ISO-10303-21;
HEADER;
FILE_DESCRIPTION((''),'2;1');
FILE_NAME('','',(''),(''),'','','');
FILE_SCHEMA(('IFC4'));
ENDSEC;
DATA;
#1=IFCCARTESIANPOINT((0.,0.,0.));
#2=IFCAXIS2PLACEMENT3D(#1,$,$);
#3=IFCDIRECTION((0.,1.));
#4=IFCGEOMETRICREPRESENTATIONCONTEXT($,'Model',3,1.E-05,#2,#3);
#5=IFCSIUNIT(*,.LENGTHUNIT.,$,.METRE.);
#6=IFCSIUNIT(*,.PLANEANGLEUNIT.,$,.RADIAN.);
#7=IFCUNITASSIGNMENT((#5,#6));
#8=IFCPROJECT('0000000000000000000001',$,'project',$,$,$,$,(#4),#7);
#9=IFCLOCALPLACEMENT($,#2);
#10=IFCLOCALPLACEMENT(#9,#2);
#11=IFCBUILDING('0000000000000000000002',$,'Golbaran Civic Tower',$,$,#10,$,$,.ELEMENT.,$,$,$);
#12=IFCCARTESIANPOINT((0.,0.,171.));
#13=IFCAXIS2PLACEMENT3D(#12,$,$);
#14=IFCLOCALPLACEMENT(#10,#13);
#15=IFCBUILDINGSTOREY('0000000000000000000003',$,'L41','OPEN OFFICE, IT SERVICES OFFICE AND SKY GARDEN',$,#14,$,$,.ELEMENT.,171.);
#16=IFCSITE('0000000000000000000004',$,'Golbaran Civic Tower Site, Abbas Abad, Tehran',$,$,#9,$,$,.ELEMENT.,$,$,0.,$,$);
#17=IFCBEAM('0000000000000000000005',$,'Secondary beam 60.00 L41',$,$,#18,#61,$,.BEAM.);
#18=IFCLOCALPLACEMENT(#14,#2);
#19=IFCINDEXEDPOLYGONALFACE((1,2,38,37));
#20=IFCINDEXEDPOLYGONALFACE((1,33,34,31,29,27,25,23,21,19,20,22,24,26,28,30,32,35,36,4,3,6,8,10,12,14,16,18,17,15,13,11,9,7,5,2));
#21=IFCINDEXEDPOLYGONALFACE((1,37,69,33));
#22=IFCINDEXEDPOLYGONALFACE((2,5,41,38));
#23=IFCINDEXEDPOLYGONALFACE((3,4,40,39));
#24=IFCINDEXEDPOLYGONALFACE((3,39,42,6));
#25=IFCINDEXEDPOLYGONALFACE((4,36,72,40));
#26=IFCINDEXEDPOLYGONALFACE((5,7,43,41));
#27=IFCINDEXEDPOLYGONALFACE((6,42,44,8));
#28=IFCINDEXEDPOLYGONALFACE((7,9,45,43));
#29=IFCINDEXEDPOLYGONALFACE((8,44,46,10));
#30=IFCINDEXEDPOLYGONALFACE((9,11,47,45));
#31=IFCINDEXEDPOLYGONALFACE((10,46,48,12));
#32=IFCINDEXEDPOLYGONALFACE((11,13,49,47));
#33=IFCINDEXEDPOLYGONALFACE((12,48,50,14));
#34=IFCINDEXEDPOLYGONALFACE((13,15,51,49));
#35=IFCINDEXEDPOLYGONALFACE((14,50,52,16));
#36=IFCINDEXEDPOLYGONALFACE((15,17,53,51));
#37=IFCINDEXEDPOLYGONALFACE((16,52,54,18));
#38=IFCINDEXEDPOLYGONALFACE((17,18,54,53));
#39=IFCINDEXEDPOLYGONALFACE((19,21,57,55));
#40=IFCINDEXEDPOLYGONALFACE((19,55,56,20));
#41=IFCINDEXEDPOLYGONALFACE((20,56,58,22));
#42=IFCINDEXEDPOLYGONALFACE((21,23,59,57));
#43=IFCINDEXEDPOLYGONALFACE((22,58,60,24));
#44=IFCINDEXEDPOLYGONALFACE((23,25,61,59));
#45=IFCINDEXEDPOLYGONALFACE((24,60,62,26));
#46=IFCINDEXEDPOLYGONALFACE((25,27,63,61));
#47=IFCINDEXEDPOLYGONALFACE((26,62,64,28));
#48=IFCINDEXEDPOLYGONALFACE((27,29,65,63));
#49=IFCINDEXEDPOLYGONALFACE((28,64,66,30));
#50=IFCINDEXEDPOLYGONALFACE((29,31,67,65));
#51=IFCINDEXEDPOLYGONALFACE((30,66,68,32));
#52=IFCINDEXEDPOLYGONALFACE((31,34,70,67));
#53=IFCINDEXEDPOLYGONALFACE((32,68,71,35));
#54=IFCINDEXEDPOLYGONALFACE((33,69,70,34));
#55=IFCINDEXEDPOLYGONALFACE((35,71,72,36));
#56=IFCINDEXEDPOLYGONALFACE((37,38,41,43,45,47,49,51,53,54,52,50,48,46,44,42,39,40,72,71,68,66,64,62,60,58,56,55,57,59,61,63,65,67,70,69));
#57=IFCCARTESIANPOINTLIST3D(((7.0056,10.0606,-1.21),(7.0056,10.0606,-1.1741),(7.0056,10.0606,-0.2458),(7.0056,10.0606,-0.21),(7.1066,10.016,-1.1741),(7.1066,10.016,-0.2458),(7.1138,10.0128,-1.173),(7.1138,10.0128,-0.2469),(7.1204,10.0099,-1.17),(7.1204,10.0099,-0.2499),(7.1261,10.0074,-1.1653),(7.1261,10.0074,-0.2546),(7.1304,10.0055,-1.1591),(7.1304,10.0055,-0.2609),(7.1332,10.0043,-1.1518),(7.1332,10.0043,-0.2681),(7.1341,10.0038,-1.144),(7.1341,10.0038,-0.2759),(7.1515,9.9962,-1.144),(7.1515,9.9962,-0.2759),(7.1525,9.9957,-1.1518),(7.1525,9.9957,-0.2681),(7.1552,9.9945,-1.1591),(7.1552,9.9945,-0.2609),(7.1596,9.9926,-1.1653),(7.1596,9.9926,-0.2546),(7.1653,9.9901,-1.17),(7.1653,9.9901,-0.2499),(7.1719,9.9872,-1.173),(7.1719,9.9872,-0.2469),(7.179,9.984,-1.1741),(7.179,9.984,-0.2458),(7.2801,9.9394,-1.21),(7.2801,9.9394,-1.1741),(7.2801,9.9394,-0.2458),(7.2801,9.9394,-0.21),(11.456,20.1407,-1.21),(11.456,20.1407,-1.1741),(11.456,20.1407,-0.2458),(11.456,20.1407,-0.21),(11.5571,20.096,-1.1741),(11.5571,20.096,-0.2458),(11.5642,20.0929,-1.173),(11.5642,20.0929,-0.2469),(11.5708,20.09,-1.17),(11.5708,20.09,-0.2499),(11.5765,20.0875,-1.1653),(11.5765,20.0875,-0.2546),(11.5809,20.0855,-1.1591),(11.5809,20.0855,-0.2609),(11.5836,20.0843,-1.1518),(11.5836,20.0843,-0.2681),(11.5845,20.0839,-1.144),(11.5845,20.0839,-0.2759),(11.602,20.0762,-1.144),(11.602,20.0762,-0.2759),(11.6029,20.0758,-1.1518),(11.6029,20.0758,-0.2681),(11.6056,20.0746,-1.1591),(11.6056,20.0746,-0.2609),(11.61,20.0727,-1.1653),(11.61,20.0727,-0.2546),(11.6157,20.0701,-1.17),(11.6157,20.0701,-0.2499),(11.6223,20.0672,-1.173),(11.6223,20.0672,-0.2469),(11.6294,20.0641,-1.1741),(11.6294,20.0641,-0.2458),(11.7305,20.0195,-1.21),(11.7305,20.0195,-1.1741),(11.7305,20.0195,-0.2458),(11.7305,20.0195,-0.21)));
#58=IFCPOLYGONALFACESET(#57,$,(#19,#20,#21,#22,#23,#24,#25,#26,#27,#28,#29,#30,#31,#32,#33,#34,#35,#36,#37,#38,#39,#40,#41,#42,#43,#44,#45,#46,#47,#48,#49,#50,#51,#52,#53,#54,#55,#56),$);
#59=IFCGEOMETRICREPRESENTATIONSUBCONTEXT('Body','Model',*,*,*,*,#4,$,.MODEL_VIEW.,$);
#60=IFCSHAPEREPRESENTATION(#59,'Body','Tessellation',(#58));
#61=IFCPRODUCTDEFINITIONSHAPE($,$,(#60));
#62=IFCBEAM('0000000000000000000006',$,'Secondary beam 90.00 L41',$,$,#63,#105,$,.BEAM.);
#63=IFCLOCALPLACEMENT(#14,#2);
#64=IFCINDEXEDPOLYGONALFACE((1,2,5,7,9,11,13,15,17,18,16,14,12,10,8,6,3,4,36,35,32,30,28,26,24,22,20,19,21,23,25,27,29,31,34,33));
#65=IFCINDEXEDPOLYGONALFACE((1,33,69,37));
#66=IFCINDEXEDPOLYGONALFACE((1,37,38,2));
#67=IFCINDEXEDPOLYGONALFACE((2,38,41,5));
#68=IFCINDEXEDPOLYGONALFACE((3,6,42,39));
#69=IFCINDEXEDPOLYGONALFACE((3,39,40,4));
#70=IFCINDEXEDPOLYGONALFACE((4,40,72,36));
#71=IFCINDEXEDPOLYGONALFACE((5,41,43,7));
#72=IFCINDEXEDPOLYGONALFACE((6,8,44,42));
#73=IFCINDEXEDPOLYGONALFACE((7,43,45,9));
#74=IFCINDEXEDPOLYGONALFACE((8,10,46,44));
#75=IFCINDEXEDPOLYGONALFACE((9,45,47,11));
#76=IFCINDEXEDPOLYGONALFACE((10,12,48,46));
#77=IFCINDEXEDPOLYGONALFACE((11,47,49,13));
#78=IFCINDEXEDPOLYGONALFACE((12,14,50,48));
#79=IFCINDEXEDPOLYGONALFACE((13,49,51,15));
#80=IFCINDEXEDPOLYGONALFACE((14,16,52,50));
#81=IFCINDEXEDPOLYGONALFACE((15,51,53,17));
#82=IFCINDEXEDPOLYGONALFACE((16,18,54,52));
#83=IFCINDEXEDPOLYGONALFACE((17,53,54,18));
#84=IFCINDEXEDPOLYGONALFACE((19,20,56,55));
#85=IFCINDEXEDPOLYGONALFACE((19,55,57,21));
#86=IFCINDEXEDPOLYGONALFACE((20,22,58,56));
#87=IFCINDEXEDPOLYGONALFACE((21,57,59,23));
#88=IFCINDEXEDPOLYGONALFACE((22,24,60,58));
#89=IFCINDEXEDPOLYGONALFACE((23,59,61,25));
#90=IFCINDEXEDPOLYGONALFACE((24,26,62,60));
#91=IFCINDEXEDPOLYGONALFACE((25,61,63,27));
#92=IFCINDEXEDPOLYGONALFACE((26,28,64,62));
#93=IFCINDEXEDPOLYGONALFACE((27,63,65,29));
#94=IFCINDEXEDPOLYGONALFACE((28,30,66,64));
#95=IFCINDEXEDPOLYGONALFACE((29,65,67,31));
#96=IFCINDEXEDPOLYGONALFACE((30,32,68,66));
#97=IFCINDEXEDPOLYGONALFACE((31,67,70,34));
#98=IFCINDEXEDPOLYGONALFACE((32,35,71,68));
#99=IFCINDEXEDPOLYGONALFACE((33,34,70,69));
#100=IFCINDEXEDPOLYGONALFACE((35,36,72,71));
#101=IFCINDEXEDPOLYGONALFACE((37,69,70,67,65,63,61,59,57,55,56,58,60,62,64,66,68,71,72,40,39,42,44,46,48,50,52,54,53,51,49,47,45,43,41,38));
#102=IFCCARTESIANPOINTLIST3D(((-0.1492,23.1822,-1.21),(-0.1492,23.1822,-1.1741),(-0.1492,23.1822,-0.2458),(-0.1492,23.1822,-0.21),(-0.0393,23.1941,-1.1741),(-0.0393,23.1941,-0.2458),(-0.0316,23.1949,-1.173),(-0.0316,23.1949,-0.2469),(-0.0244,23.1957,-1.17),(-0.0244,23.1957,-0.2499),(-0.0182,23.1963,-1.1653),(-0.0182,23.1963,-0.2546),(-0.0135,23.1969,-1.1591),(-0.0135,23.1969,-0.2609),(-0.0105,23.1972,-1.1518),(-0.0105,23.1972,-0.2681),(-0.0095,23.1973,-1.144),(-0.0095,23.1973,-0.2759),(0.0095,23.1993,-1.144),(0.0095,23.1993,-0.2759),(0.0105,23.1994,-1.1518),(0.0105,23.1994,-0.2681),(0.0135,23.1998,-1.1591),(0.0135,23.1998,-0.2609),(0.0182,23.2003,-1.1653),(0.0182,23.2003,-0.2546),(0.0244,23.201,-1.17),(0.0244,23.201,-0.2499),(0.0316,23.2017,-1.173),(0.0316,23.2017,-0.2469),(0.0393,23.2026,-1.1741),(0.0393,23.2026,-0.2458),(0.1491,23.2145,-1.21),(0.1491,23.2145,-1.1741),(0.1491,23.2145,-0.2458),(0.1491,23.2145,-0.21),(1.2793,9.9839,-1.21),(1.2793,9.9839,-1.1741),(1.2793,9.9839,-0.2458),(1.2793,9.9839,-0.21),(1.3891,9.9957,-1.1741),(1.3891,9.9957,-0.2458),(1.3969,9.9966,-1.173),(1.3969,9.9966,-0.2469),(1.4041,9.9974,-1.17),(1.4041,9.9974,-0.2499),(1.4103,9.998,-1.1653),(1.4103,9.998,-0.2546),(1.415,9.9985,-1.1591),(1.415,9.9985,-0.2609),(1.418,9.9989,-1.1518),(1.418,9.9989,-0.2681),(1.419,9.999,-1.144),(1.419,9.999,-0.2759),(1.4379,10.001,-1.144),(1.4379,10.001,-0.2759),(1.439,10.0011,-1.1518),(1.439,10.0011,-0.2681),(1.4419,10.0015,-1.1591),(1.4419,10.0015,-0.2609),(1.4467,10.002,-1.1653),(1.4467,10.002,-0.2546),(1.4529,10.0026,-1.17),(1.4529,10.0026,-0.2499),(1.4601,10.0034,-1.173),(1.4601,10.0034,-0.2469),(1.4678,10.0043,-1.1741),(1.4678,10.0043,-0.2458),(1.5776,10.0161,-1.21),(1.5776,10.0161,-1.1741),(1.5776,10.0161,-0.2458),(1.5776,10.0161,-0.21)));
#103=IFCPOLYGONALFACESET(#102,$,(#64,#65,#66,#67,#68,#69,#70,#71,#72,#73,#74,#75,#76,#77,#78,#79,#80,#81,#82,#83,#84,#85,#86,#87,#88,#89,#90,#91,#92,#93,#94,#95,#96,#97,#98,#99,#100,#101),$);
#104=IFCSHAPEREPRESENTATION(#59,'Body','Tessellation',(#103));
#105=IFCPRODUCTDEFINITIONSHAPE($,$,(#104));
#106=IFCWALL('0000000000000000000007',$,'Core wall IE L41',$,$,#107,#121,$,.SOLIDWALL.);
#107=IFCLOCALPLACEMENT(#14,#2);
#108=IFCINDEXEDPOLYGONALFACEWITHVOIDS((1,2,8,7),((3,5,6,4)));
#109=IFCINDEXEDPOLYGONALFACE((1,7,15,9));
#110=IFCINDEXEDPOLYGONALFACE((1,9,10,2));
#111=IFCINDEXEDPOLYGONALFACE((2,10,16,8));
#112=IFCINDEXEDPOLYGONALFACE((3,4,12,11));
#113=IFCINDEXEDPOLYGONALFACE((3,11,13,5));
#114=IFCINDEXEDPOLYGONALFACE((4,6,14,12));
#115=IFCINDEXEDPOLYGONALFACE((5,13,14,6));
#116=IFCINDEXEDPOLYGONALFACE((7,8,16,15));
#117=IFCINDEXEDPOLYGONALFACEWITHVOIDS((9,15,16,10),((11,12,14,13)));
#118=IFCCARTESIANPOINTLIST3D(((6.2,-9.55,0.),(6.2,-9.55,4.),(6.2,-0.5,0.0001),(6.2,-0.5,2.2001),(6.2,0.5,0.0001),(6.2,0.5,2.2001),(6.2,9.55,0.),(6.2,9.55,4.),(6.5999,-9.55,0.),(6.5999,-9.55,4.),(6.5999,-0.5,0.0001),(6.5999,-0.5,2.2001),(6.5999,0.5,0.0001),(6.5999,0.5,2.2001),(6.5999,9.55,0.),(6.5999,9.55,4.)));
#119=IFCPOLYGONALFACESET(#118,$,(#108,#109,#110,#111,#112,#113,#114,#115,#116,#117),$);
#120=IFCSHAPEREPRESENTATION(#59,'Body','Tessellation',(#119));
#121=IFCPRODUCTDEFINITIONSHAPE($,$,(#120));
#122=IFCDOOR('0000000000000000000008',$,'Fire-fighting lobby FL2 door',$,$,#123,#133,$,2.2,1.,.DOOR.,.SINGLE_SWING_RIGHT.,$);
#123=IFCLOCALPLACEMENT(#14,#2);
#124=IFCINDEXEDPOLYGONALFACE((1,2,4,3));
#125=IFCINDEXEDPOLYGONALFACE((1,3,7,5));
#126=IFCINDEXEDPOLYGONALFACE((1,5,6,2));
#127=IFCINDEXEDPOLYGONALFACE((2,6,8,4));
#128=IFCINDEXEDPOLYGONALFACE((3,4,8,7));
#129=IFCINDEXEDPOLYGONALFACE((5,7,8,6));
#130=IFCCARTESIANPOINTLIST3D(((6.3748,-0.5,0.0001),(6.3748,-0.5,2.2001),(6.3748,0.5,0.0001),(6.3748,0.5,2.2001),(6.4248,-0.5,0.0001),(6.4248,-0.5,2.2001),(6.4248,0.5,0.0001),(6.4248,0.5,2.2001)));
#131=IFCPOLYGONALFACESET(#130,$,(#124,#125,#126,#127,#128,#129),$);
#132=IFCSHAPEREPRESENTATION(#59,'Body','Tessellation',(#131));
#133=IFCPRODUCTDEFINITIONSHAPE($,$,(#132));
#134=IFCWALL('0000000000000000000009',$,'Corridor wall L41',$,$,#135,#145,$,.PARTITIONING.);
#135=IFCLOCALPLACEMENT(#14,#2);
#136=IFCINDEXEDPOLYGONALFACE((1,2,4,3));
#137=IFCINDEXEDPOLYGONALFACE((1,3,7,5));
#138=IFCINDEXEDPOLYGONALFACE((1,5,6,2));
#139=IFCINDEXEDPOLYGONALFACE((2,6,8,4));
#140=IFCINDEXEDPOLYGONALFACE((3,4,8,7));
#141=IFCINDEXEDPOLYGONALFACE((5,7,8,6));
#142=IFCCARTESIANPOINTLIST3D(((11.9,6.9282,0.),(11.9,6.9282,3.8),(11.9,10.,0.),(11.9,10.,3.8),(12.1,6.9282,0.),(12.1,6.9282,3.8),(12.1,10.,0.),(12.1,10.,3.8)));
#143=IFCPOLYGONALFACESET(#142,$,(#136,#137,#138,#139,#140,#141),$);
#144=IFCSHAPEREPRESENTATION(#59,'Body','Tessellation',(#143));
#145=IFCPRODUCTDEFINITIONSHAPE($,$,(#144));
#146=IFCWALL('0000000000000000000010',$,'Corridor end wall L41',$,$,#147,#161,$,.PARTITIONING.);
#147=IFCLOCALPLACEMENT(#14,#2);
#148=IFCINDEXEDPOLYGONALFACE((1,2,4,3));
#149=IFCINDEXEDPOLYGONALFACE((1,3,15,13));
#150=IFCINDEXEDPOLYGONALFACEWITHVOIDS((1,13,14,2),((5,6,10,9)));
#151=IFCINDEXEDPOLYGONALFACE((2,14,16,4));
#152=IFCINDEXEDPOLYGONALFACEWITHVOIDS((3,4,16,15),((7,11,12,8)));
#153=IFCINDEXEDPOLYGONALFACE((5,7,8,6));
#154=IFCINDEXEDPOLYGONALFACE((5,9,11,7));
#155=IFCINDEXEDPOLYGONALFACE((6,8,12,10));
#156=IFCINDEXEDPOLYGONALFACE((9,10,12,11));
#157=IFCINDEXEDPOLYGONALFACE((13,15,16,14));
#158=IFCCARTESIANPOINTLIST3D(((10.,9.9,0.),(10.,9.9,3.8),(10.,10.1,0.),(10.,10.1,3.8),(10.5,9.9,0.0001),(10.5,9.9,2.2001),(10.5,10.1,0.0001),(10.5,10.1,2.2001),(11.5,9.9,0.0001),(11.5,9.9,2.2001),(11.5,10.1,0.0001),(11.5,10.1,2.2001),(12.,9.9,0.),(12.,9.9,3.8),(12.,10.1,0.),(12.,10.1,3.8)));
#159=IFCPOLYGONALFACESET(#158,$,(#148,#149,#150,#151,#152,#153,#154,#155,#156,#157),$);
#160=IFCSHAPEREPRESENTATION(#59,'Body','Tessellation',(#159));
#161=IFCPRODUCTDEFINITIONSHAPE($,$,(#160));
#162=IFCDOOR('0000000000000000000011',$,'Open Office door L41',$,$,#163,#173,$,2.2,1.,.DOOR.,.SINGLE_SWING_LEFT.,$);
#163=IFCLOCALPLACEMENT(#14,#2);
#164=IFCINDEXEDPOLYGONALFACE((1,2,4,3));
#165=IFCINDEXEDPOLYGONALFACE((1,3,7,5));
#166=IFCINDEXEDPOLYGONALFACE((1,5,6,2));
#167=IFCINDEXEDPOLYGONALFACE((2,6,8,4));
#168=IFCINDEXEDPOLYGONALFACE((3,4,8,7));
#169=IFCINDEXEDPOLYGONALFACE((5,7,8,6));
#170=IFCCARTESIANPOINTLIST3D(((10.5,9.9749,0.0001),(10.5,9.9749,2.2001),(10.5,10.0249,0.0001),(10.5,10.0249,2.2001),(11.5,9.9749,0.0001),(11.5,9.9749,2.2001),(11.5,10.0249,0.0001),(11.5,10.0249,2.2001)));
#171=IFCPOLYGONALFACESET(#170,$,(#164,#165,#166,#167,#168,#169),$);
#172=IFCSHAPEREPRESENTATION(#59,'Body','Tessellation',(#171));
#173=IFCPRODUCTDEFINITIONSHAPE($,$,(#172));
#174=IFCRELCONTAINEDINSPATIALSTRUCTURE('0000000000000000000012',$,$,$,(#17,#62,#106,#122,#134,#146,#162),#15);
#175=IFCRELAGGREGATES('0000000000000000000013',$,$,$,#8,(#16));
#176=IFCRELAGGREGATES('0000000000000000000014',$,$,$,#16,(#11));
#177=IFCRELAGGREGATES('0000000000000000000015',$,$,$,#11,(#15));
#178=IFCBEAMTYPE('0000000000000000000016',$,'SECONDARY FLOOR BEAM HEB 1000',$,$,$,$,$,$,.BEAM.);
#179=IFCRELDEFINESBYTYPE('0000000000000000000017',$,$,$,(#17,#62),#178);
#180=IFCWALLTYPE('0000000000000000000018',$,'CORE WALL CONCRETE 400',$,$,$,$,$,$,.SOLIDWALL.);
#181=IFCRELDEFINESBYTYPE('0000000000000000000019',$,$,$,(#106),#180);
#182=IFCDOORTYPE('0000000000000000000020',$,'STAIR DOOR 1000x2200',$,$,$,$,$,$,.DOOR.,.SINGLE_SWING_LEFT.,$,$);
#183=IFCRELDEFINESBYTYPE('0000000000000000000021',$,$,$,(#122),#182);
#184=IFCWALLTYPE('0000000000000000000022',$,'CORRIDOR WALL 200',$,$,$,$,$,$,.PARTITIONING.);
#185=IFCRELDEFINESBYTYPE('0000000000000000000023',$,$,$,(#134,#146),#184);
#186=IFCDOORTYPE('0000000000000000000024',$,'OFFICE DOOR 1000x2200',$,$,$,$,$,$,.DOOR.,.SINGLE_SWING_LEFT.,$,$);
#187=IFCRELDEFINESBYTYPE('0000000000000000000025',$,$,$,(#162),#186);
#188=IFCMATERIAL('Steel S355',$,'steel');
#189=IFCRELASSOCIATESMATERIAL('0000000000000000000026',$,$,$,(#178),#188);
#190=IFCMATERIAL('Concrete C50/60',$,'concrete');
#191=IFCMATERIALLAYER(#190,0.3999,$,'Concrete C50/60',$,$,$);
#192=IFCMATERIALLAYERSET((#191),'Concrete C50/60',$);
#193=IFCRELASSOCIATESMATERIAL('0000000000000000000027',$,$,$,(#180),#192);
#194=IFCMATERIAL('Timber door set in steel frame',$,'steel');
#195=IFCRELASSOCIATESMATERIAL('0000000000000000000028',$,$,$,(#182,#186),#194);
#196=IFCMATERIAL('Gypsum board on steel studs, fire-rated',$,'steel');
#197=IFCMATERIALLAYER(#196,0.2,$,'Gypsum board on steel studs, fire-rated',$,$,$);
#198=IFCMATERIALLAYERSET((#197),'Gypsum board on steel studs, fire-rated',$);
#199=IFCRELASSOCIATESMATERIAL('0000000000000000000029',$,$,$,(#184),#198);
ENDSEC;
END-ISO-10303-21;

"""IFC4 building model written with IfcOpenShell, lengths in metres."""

from ifc_helpers import new_model, si_unit, direction, frame, frame_2d, origin, origin_2d, place, context, subcontext, project, spatial, rectangle, i_section, extrude, material, layer, layer_set, material_profile, profile_set, type_object, element, fill, save


model = new_model("IFC4")

# Units and contexts
model_context = context("Model", 3, precision=1e-05, world=origin(), true_north=direction((0.0, 1.0)))
body_context = subcontext(model_context, "Body", "Model", "MODEL_VIEW")
ifc_project = project(units=[si_unit("LENGTHUNIT", "METRE"), si_unit("PLANEANGLEUNIT", "RADIAN")], contexts=[model_context])

# Site, building, storey
site_placement = place(None, origin())
site = spatial("IfcSite", under=ifc_project, at=site_placement, Name="Golbaran Civic Tower Site, Abbas Abad, Tehran", CompositionType="ELEMENT", RefElevation=0.0)
building_placement = place(site_placement, origin())
building = spatial("IfcBuilding", under=site, at=building_placement, Name="Golbaran Civic Tower", CompositionType="ELEMENT")
storey_placement = place(building_placement, frame((0.0, 0.0, 171.0)))
storey = spatial("IfcBuildingStorey", under=building, at=storey_placement, Name="L41", Description="OPEN OFFICE, IT SERVICES OFFICE AND SKY GARDEN", CompositionType="ELEMENT", Elevation=171.0)

# Beams
ifc_material_1 = material(Name="Steel S355", Category="steel")
ifc_material_profile_1 = material_profile(ifc_material_1, i_section(OverallWidth=0.3, OverallDepth=1.0, WebThickness=0.019, FlangeThickness=0.0359, FilletRadius=0.03, at=origin_2d()), Name="HEB 1000")
ifc_profile_set_1 = profile_set([ifc_material_profile_1], Name="Steel S355")
beam_type_1 = type_object("IfcBeamType", Name="SECONDARY FLOOR BEAM HEB 1000", PredefinedType="BEAM", material=ifc_profile_set_1)
beam_1_placement = place(storey_placement, frame((7.1428, 10.0, -0.71), z_axis=(0.403894, 0.914806, 0.0), x_axis=(-0.914806, 0.403894, 0.0)))
element("IfcBeam", 1, at=beam_1_placement, inside=storey, type_object=beam_type_1, Name="Secondary beam 60.00 L41", PredefinedType="BEAM", context=body_context, shape_type="SweptSolid", body=[
    extrude(i_section(OverallWidth=0.3, OverallDepth=1.0, WebThickness=0.019, FlangeThickness=0.0359, FilletRadius=0.03, at=origin_2d()), origin(), (0.0, 0.0, 1.0), 11.0188),
])
beam_2_placement = place(storey_placement, frame((1.4285, 10.0, -0.71), z_axis=(-0.107603, 0.994194, 0.0), x_axis=(-0.994194, -0.107603, 0.0)))
element("IfcBeam", 2, at=beam_2_placement, inside=storey, type_object=beam_type_1, Name="Secondary beam 90.00 L41", PredefinedType="BEAM", context=body_context, shape_type="SweptSolid", body=[
    extrude(i_section(OverallWidth=0.3, OverallDepth=1.0, WebThickness=0.019, FlangeThickness=0.0359, FilletRadius=0.03, at=origin_2d()), origin(), (0.0, 0.0, 1.0), 13.2754),
])

# Wall, opening, door
ifc_material_2 = material(Name="Concrete C50/60", Category="concrete")
ifc_layer_1 = layer(ifc_material_2, 0.3999, Name="Concrete C50/60")
ifc_layer_set_1 = layer_set([ifc_layer_1], Name="Concrete C50/60")
wall_type_1 = type_object("IfcWallType", Name="CORE WALL CONCRETE 400", PredefinedType="SOLIDWALL", material=ifc_layer_set_1)
wall_1_placement = place(storey_placement, frame((6.3999, 9.55, 0.0), z_axis=(0.0, 0.0, 1.0), x_axis=(0.0, -1.0, 0.0)))
wall_1 = element("IfcWall", 3, at=wall_1_placement, inside=storey, type_object=wall_type_1, Name="Core wall IE L41", PredefinedType="SOLIDWALL", context=body_context, shape_type="SweptSolid", body=[
    extrude(rectangle(XDim=19.1001, YDim=0.3999, at=frame_2d((9.55, 0.0))), origin(), (0.0, 0.0, 1.0), 4.0),
])
opening_1_placement = place(wall_1_placement, frame((9.05, 0.0, 0.0)))
opening_1 = element("IfcOpeningElement", 4, at=opening_1_placement, cuts=wall_1, PredefinedType="OPENING", context=body_context, shape_type="SweptSolid", body=[
    extrude(rectangle(XDim=1.0, YDim=2.2, at=frame_2d((0.5, 1.1001))), frame((0.0, 0.21, 0.0), z_axis=(0.0, -1.0, 0.0), x_axis=(1.0, 0.0, 0.0)), (0.0, 0.0, 1.0), 0.4199),
])
ifc_material_3 = material(Name="Timber door set in steel frame", Category="steel")
door_type_1 = type_object("IfcDoorType", Name="STAIR DOOR 1000x2200", OperationType="SINGLE_SWING_LEFT", PredefinedType="DOOR", material=ifc_material_3)
door_1_placement = place(opening_1_placement, origin())
door_1 = element("IfcDoor", 5, at=door_1_placement, inside=storey, type_object=door_type_1, Name="Fire-fighting lobby FL2 door", OperationType="SINGLE_SWING_RIGHT", OverallHeight=2.2, OverallWidth=1.0, PredefinedType="DOOR", context=body_context, shape_type="SweptSolid", body=[
    extrude(rectangle(XDim=1.0, YDim=2.2, at=frame_2d((0.5, 1.1001))), frame((0.0, 0.0249, 0.0), z_axis=(0.0, -1.0, 0.0), x_axis=(1.0, 0.0, 0.0)), (0.0, 0.0, 1.0), 0.05),
])
fill(opening_1, door_1)

# Wall
ifc_material_4 = material(Name="Gypsum board on steel studs, fire-rated", Category="steel")
ifc_layer_2 = layer(ifc_material_4, 0.2, Name="Gypsum board on steel studs, fire-rated")
ifc_layer_set_2 = layer_set([ifc_layer_2], Name="Gypsum board on steel studs, fire-rated")
wall_type_2 = type_object("IfcWallType", Name="CORRIDOR WALL 200", PredefinedType="PARTITIONING", material=ifc_layer_set_2)
wall_2_placement = place(storey_placement, frame((12.0, 6.9282, 0.0), z_axis=(0.0, 0.0, 1.0), x_axis=(0.0, 1.0, 0.0)))
element("IfcWall", 6, at=wall_2_placement, inside=storey, type_object=wall_type_2, Name="Corridor wall L41", PredefinedType="PARTITIONING", context=body_context, shape_type="SweptSolid", body=[
    extrude(rectangle(XDim=3.0718, YDim=0.2, at=frame_2d((1.5359, 0.0))), origin(), (0.0, 0.0, 1.0), 3.8),
])

# Wall, opening, door
wall_3_placement = place(storey_placement, frame((10.0, 10.0, 0.0), z_axis=(0.0, 0.0, 1.0), x_axis=(1.0, 0.0, 0.0)))
wall_3 = element("IfcWall", 7, at=wall_3_placement, inside=storey, type_object=wall_type_2, Name="Corridor end wall L41", PredefinedType="PARTITIONING", context=body_context, shape_type="SweptSolid", body=[
    extrude(rectangle(XDim=2.0, YDim=0.2, at=frame_2d((1.0, 0.0))), origin(), (0.0, 0.0, 1.0), 3.8),
])
opening_2_placement = place(wall_3_placement, frame((0.5, 0.0, 0.0)))
opening_2 = element("IfcOpeningElement", 8, at=opening_2_placement, cuts=wall_3, PredefinedType="OPENING", context=body_context, shape_type="SweptSolid", body=[
    extrude(rectangle(XDim=1.0, YDim=2.2, at=frame_2d((0.5, 1.1001))), frame((0.0, 0.1099, 0.0), z_axis=(0.0, -1.0, 0.0), x_axis=(1.0, 0.0, 0.0)), (0.0, 0.0, 1.0), 0.22),
])
door_type_2 = type_object("IfcDoorType", Name="OFFICE DOOR 1000x2200", OperationType="SINGLE_SWING_LEFT", PredefinedType="DOOR", material=ifc_material_3)
door_2_placement = place(opening_2_placement, origin())
door_2 = element("IfcDoor", 9, at=door_2_placement, inside=storey, type_object=door_type_2, Name="Open Office door L41", OperationType="SINGLE_SWING_LEFT", OverallHeight=2.2, OverallWidth=1.0, PredefinedType="DOOR", context=body_context, shape_type="SweptSolid", body=[
    extrude(rectangle(XDim=1.0, YDim=2.2, at=frame_2d((0.5, 1.1001))), frame((0.0, 0.0249, 0.0), z_axis=(0.0, -1.0, 0.0), x_axis=(1.0, 0.0, 0.0)), (0.0, 0.0, 1.0), 0.05),
])
fill(opening_2, door_2)

save(model, "model.ifc")
